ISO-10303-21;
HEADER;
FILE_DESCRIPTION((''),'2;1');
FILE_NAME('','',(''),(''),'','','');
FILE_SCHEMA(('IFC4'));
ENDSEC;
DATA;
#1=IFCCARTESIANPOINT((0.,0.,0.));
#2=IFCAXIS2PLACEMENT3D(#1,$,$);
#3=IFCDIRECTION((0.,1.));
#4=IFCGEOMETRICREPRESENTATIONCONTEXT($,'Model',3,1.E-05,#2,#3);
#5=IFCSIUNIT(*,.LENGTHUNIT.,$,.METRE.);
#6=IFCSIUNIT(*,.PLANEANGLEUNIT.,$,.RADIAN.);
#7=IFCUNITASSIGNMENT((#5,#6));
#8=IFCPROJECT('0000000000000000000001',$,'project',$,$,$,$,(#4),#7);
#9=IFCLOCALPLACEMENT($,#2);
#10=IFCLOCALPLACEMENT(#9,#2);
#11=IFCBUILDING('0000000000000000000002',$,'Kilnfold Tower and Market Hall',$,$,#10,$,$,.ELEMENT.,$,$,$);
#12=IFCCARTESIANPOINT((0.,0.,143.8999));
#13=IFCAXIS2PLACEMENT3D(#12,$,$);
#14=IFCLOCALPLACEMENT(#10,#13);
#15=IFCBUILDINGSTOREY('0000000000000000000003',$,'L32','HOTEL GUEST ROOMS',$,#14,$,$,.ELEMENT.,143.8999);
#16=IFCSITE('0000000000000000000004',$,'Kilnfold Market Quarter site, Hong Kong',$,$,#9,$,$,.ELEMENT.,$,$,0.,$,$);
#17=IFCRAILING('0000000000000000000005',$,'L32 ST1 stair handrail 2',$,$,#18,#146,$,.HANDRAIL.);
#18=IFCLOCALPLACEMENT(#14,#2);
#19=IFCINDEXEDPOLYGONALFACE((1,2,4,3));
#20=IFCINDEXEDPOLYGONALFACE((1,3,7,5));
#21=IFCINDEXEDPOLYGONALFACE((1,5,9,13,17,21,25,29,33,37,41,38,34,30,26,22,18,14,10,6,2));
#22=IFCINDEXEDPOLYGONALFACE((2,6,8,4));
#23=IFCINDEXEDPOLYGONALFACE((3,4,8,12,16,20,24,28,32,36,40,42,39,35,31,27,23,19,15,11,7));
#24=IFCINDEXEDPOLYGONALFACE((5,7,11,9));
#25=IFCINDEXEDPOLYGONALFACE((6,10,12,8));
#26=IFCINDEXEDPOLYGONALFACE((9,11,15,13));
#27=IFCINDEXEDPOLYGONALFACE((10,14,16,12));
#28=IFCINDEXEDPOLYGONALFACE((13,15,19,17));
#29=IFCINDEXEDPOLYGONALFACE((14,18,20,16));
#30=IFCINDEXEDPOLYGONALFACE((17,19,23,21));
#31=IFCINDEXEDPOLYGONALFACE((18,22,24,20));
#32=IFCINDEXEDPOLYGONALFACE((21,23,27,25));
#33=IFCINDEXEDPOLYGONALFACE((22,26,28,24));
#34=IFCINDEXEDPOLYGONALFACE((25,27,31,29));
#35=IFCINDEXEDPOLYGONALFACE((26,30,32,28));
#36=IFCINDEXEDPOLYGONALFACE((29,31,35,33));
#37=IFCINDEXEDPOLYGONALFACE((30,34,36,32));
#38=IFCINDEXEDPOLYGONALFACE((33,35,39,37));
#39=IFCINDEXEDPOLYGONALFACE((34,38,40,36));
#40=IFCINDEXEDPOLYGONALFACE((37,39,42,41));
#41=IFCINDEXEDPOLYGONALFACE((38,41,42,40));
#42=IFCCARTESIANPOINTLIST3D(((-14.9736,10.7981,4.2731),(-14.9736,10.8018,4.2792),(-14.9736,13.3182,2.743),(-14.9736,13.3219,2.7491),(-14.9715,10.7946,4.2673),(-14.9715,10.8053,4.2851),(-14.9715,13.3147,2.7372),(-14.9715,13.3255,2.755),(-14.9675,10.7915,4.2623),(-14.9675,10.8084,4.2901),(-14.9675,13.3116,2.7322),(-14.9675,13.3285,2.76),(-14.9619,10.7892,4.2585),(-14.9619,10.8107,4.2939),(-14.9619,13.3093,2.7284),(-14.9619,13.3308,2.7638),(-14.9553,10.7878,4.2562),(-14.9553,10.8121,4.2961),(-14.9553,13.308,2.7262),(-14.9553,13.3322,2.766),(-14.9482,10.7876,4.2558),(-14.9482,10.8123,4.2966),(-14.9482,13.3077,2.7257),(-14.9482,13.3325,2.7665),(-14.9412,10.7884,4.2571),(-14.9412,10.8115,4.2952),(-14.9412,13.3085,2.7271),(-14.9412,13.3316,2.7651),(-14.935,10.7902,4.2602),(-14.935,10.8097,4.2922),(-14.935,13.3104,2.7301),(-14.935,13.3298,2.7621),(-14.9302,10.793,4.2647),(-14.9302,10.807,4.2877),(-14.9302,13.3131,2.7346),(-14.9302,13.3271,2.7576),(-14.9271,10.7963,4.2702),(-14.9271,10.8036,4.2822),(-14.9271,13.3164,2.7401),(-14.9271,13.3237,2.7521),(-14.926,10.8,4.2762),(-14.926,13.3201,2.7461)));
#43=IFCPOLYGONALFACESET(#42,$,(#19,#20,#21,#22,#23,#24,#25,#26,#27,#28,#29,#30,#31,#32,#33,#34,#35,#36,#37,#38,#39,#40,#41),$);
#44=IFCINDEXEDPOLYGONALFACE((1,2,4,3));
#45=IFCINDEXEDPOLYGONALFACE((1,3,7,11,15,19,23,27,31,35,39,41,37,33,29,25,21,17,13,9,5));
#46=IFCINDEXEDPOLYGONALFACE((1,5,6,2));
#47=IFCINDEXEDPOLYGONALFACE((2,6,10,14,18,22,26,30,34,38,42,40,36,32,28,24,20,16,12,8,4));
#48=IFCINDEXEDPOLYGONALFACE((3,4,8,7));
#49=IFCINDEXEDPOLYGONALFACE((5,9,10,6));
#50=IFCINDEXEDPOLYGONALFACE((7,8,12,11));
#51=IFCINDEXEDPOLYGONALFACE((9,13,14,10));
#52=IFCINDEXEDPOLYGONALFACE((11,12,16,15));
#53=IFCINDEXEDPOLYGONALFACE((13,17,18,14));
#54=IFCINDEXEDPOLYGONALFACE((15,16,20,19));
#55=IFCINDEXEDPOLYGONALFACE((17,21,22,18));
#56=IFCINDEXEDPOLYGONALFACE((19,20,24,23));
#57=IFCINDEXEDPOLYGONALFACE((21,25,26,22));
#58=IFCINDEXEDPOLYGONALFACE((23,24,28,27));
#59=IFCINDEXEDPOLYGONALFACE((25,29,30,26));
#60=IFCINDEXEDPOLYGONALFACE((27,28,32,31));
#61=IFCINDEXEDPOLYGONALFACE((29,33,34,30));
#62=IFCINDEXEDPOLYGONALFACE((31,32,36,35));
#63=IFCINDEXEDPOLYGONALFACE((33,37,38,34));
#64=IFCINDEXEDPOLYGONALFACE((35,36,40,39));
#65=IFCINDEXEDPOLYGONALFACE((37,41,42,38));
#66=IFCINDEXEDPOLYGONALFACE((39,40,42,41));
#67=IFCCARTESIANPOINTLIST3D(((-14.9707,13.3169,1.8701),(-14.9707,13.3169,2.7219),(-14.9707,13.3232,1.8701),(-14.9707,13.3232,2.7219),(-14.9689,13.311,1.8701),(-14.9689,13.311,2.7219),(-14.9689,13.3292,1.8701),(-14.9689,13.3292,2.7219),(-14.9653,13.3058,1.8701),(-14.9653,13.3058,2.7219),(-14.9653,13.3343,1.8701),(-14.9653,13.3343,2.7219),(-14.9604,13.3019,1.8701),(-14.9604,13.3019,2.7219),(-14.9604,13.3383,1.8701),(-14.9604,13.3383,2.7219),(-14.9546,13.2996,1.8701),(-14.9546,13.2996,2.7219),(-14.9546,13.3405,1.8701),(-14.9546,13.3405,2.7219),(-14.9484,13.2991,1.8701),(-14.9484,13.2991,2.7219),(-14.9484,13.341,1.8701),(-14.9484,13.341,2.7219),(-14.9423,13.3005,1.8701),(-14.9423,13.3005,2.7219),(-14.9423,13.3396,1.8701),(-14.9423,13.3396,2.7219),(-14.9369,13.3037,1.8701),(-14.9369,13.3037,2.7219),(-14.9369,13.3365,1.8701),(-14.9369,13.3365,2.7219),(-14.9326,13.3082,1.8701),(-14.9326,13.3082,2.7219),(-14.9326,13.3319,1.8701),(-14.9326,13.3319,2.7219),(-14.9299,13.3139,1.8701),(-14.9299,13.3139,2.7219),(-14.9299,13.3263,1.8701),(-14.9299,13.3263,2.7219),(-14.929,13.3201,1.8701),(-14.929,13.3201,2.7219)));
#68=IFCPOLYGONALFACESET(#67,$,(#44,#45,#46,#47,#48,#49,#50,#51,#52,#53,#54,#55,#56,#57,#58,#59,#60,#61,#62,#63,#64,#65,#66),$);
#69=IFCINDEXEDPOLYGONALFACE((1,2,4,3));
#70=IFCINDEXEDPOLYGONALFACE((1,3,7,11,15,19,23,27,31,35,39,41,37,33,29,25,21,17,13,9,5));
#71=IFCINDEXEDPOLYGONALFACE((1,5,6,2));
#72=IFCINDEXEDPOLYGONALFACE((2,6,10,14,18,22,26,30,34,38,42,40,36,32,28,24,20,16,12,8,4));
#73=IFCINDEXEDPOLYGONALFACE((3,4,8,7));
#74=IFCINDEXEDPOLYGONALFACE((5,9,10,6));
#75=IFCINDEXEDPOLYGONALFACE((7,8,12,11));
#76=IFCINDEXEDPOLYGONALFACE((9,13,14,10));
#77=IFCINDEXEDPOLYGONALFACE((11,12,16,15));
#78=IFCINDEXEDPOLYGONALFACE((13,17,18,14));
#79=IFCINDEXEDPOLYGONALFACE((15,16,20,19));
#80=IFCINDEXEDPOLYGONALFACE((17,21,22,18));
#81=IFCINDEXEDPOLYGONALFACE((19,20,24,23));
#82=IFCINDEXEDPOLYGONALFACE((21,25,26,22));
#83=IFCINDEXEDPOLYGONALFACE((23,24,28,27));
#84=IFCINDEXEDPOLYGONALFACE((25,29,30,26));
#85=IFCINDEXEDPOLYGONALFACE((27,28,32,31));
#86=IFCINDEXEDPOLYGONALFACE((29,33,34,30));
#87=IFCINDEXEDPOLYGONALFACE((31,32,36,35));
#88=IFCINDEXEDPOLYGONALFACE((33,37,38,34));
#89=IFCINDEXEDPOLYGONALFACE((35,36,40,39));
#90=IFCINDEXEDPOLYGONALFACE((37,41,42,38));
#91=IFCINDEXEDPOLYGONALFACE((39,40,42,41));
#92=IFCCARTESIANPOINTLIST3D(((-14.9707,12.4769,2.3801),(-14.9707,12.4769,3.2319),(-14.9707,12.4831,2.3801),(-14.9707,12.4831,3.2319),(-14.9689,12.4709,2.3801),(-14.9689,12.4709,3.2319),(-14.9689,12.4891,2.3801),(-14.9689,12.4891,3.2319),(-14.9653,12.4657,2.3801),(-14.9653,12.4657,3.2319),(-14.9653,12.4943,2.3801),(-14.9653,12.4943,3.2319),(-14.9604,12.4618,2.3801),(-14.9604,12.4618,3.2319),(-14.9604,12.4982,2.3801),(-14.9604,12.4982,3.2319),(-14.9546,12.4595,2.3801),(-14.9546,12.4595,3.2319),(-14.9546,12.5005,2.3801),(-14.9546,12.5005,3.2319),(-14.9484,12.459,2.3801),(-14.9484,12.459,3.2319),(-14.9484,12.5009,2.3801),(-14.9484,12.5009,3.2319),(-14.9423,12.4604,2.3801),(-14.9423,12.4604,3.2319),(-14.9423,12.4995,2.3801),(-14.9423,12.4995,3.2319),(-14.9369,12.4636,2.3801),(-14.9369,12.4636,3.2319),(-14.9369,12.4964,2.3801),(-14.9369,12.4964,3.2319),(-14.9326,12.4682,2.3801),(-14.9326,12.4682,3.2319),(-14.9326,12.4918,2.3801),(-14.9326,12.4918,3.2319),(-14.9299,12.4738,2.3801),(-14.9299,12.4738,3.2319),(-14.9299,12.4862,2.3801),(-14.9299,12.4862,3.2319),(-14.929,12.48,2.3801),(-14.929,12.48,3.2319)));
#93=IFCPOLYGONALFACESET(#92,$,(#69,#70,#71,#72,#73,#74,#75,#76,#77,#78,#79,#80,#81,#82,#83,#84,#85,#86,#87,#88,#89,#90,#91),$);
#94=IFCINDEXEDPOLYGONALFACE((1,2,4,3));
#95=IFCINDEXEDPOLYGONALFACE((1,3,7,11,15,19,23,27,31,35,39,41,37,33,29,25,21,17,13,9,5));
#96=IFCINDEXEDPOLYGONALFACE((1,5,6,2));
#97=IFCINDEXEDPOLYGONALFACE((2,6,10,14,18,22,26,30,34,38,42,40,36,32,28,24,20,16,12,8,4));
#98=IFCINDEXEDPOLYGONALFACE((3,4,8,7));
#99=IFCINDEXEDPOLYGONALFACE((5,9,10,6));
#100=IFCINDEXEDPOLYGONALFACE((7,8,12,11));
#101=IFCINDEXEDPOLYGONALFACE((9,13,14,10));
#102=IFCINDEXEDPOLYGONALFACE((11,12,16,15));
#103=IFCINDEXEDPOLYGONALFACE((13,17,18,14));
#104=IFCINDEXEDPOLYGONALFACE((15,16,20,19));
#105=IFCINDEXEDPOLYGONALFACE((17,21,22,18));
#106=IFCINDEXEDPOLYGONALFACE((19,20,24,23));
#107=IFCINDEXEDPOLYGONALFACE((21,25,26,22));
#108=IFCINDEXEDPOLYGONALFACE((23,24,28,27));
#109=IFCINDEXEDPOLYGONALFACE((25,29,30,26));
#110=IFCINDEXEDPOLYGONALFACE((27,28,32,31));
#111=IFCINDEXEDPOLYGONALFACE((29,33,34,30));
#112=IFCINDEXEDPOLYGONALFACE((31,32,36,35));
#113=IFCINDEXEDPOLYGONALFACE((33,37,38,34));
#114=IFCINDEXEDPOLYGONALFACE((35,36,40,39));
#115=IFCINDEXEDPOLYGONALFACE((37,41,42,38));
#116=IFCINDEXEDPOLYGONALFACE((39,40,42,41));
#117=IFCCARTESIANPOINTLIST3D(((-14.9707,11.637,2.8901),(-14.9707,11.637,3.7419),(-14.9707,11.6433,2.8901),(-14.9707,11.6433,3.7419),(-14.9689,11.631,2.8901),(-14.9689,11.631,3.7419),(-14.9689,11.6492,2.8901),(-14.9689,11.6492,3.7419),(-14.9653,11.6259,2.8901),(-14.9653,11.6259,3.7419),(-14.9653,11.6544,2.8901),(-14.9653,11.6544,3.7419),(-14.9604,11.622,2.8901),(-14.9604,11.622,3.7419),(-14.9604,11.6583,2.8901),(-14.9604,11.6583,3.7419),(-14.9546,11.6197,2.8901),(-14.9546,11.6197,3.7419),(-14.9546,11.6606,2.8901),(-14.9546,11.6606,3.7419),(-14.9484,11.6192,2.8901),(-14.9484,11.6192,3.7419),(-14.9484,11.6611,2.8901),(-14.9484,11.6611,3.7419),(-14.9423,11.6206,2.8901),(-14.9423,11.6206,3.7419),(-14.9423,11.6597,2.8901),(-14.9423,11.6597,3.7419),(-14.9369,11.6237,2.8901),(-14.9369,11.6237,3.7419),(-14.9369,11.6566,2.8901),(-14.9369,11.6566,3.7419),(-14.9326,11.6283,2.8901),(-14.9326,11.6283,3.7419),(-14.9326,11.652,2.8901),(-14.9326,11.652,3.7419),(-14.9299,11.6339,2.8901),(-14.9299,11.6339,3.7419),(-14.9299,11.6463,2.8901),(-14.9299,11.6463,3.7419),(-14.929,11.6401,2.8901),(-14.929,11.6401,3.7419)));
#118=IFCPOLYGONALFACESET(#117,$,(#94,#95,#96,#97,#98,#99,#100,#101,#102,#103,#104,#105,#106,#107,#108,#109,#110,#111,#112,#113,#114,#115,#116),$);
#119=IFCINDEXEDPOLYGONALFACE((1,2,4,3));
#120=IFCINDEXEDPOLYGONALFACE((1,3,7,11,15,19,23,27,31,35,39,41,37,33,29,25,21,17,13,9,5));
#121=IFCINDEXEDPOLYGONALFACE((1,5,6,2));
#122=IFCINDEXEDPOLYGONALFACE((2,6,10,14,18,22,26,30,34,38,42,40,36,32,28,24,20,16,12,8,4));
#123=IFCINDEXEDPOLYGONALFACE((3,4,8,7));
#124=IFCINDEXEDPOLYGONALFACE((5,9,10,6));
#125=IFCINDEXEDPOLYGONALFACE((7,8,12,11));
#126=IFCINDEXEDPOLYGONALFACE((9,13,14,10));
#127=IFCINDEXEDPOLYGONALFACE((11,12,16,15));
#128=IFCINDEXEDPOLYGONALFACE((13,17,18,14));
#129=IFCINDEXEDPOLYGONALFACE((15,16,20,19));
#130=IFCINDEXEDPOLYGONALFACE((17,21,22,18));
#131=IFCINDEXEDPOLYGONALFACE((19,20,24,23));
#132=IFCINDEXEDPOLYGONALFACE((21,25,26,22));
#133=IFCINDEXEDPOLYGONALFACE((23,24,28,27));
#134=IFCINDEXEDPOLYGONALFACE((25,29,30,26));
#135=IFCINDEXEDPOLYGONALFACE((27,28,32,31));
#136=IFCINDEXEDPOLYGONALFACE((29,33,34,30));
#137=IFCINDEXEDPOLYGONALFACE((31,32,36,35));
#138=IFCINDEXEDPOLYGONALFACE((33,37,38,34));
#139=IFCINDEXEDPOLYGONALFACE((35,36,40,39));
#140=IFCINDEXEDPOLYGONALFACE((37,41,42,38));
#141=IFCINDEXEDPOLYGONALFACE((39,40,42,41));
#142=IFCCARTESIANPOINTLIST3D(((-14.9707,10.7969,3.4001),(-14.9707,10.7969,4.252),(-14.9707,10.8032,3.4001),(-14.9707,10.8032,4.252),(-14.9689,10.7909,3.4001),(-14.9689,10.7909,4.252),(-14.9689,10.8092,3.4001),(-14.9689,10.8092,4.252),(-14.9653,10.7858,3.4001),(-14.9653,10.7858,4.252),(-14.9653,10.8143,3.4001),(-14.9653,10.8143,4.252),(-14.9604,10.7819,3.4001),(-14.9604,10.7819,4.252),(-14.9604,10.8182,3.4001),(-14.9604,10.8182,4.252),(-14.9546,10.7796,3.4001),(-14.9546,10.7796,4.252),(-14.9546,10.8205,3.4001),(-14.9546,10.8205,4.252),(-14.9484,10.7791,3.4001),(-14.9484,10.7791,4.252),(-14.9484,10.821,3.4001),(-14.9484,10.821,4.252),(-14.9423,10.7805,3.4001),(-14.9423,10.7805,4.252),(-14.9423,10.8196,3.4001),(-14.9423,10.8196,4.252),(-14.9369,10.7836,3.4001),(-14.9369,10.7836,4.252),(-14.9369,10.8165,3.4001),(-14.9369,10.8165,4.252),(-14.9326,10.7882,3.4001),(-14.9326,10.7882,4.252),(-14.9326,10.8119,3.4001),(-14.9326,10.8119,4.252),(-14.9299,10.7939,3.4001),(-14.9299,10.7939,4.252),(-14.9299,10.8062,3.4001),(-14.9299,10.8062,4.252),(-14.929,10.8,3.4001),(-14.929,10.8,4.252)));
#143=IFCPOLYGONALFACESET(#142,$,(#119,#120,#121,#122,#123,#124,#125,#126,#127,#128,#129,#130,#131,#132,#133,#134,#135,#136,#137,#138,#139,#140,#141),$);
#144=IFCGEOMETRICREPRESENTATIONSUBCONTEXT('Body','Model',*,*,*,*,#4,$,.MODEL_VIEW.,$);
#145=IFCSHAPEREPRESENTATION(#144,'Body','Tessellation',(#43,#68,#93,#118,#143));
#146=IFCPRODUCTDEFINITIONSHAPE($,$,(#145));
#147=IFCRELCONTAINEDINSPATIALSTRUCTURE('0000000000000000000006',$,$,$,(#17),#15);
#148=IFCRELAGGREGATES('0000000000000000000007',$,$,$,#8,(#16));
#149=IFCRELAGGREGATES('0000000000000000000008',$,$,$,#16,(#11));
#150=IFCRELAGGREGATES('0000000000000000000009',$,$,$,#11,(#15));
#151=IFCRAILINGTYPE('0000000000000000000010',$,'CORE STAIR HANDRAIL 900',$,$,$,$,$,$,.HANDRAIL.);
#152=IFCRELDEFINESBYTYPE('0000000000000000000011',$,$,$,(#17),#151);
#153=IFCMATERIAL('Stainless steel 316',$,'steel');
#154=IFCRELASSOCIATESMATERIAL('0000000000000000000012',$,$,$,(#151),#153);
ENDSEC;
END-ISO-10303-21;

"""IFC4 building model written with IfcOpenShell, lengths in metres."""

from ifc_helpers import new_model, si_unit, direction, frame, origin, origin_2d, place, context, subcontext, project, spatial, circle, extrude, material, type_object, element, save


model = new_model("IFC4")

# Units and contexts
model_context = context("Model", 3, precision=1e-05, world=origin(), true_north=direction((0.0, 1.0)))
body_context = subcontext(model_context, "Body", "Model", "MODEL_VIEW")
ifc_project = project(units=[si_unit("LENGTHUNIT", "METRE"), si_unit("PLANEANGLEUNIT", "RADIAN")], contexts=[model_context])

# Site, building, storey
site_placement = place(None, origin())
site = spatial("IfcSite", under=ifc_project, at=site_placement, Name="Kilnfold Market Quarter site, Hong Kong", CompositionType="ELEMENT", RefElevation=0.0)
building_placement = place(site_placement, origin())
building = spatial("IfcBuilding", under=site, at=building_placement, Name="Kilnfold Tower and Market Hall", CompositionType="ELEMENT")
storey_placement = place(building_placement, frame((0.0, 0.0, 143.8999)))
storey = spatial("IfcBuildingStorey", under=building, at=storey_placement, Name="L32", Description="HOTEL GUEST ROOMS", CompositionType="ELEMENT", Elevation=143.8999)

# Railing
ifc_material_1 = material(Name="Stainless steel 316", Category="steel")
railing_type_1 = type_object("IfcRailingType", Name="CORE STAIR HANDRAIL 900", PredefinedType="HANDRAIL", material=ifc_material_1)
railing_1_placement = place(storey_placement, frame((-14.95, 13.3201, 1.8701)))
element("IfcRailing", 1, at=railing_1_placement, inside=storey, type_object=railing_type_1, Name="L32 ST1 stair handrail 2", PredefinedType="HANDRAIL", context=body_context, shape_type="SweptSolid", body=[
    extrude(circle(Radius=0.0239, at=origin_2d()), frame((0.0, 0.0, 0.876), z_axis=(0.0, -0.854785, 0.518982), x_axis=(1.0, 0.0, 0.0)), (0.0, 0.0, 1.0), 2.9482),
    extrude(circle(Radius=0.021, at=origin_2d()), origin(), (0.0, 0.0, 1.0), 0.8518),
    extrude(circle(Radius=0.021, at=origin_2d()), frame((0.0, -0.8401, 0.51)), (0.0, 0.0, 1.0), 0.8518),
    extrude(circle(Radius=0.021, at=origin_2d()), frame((0.0, -1.6799, 1.02)), (0.0, 0.0, 1.0), 0.8518),
    extrude(circle(Radius=0.021, at=origin_2d()), frame((0.0, -2.52, 1.53)), (0.0, 0.0, 1.0), 0.8518),
])

save(model, "model.ifc")
